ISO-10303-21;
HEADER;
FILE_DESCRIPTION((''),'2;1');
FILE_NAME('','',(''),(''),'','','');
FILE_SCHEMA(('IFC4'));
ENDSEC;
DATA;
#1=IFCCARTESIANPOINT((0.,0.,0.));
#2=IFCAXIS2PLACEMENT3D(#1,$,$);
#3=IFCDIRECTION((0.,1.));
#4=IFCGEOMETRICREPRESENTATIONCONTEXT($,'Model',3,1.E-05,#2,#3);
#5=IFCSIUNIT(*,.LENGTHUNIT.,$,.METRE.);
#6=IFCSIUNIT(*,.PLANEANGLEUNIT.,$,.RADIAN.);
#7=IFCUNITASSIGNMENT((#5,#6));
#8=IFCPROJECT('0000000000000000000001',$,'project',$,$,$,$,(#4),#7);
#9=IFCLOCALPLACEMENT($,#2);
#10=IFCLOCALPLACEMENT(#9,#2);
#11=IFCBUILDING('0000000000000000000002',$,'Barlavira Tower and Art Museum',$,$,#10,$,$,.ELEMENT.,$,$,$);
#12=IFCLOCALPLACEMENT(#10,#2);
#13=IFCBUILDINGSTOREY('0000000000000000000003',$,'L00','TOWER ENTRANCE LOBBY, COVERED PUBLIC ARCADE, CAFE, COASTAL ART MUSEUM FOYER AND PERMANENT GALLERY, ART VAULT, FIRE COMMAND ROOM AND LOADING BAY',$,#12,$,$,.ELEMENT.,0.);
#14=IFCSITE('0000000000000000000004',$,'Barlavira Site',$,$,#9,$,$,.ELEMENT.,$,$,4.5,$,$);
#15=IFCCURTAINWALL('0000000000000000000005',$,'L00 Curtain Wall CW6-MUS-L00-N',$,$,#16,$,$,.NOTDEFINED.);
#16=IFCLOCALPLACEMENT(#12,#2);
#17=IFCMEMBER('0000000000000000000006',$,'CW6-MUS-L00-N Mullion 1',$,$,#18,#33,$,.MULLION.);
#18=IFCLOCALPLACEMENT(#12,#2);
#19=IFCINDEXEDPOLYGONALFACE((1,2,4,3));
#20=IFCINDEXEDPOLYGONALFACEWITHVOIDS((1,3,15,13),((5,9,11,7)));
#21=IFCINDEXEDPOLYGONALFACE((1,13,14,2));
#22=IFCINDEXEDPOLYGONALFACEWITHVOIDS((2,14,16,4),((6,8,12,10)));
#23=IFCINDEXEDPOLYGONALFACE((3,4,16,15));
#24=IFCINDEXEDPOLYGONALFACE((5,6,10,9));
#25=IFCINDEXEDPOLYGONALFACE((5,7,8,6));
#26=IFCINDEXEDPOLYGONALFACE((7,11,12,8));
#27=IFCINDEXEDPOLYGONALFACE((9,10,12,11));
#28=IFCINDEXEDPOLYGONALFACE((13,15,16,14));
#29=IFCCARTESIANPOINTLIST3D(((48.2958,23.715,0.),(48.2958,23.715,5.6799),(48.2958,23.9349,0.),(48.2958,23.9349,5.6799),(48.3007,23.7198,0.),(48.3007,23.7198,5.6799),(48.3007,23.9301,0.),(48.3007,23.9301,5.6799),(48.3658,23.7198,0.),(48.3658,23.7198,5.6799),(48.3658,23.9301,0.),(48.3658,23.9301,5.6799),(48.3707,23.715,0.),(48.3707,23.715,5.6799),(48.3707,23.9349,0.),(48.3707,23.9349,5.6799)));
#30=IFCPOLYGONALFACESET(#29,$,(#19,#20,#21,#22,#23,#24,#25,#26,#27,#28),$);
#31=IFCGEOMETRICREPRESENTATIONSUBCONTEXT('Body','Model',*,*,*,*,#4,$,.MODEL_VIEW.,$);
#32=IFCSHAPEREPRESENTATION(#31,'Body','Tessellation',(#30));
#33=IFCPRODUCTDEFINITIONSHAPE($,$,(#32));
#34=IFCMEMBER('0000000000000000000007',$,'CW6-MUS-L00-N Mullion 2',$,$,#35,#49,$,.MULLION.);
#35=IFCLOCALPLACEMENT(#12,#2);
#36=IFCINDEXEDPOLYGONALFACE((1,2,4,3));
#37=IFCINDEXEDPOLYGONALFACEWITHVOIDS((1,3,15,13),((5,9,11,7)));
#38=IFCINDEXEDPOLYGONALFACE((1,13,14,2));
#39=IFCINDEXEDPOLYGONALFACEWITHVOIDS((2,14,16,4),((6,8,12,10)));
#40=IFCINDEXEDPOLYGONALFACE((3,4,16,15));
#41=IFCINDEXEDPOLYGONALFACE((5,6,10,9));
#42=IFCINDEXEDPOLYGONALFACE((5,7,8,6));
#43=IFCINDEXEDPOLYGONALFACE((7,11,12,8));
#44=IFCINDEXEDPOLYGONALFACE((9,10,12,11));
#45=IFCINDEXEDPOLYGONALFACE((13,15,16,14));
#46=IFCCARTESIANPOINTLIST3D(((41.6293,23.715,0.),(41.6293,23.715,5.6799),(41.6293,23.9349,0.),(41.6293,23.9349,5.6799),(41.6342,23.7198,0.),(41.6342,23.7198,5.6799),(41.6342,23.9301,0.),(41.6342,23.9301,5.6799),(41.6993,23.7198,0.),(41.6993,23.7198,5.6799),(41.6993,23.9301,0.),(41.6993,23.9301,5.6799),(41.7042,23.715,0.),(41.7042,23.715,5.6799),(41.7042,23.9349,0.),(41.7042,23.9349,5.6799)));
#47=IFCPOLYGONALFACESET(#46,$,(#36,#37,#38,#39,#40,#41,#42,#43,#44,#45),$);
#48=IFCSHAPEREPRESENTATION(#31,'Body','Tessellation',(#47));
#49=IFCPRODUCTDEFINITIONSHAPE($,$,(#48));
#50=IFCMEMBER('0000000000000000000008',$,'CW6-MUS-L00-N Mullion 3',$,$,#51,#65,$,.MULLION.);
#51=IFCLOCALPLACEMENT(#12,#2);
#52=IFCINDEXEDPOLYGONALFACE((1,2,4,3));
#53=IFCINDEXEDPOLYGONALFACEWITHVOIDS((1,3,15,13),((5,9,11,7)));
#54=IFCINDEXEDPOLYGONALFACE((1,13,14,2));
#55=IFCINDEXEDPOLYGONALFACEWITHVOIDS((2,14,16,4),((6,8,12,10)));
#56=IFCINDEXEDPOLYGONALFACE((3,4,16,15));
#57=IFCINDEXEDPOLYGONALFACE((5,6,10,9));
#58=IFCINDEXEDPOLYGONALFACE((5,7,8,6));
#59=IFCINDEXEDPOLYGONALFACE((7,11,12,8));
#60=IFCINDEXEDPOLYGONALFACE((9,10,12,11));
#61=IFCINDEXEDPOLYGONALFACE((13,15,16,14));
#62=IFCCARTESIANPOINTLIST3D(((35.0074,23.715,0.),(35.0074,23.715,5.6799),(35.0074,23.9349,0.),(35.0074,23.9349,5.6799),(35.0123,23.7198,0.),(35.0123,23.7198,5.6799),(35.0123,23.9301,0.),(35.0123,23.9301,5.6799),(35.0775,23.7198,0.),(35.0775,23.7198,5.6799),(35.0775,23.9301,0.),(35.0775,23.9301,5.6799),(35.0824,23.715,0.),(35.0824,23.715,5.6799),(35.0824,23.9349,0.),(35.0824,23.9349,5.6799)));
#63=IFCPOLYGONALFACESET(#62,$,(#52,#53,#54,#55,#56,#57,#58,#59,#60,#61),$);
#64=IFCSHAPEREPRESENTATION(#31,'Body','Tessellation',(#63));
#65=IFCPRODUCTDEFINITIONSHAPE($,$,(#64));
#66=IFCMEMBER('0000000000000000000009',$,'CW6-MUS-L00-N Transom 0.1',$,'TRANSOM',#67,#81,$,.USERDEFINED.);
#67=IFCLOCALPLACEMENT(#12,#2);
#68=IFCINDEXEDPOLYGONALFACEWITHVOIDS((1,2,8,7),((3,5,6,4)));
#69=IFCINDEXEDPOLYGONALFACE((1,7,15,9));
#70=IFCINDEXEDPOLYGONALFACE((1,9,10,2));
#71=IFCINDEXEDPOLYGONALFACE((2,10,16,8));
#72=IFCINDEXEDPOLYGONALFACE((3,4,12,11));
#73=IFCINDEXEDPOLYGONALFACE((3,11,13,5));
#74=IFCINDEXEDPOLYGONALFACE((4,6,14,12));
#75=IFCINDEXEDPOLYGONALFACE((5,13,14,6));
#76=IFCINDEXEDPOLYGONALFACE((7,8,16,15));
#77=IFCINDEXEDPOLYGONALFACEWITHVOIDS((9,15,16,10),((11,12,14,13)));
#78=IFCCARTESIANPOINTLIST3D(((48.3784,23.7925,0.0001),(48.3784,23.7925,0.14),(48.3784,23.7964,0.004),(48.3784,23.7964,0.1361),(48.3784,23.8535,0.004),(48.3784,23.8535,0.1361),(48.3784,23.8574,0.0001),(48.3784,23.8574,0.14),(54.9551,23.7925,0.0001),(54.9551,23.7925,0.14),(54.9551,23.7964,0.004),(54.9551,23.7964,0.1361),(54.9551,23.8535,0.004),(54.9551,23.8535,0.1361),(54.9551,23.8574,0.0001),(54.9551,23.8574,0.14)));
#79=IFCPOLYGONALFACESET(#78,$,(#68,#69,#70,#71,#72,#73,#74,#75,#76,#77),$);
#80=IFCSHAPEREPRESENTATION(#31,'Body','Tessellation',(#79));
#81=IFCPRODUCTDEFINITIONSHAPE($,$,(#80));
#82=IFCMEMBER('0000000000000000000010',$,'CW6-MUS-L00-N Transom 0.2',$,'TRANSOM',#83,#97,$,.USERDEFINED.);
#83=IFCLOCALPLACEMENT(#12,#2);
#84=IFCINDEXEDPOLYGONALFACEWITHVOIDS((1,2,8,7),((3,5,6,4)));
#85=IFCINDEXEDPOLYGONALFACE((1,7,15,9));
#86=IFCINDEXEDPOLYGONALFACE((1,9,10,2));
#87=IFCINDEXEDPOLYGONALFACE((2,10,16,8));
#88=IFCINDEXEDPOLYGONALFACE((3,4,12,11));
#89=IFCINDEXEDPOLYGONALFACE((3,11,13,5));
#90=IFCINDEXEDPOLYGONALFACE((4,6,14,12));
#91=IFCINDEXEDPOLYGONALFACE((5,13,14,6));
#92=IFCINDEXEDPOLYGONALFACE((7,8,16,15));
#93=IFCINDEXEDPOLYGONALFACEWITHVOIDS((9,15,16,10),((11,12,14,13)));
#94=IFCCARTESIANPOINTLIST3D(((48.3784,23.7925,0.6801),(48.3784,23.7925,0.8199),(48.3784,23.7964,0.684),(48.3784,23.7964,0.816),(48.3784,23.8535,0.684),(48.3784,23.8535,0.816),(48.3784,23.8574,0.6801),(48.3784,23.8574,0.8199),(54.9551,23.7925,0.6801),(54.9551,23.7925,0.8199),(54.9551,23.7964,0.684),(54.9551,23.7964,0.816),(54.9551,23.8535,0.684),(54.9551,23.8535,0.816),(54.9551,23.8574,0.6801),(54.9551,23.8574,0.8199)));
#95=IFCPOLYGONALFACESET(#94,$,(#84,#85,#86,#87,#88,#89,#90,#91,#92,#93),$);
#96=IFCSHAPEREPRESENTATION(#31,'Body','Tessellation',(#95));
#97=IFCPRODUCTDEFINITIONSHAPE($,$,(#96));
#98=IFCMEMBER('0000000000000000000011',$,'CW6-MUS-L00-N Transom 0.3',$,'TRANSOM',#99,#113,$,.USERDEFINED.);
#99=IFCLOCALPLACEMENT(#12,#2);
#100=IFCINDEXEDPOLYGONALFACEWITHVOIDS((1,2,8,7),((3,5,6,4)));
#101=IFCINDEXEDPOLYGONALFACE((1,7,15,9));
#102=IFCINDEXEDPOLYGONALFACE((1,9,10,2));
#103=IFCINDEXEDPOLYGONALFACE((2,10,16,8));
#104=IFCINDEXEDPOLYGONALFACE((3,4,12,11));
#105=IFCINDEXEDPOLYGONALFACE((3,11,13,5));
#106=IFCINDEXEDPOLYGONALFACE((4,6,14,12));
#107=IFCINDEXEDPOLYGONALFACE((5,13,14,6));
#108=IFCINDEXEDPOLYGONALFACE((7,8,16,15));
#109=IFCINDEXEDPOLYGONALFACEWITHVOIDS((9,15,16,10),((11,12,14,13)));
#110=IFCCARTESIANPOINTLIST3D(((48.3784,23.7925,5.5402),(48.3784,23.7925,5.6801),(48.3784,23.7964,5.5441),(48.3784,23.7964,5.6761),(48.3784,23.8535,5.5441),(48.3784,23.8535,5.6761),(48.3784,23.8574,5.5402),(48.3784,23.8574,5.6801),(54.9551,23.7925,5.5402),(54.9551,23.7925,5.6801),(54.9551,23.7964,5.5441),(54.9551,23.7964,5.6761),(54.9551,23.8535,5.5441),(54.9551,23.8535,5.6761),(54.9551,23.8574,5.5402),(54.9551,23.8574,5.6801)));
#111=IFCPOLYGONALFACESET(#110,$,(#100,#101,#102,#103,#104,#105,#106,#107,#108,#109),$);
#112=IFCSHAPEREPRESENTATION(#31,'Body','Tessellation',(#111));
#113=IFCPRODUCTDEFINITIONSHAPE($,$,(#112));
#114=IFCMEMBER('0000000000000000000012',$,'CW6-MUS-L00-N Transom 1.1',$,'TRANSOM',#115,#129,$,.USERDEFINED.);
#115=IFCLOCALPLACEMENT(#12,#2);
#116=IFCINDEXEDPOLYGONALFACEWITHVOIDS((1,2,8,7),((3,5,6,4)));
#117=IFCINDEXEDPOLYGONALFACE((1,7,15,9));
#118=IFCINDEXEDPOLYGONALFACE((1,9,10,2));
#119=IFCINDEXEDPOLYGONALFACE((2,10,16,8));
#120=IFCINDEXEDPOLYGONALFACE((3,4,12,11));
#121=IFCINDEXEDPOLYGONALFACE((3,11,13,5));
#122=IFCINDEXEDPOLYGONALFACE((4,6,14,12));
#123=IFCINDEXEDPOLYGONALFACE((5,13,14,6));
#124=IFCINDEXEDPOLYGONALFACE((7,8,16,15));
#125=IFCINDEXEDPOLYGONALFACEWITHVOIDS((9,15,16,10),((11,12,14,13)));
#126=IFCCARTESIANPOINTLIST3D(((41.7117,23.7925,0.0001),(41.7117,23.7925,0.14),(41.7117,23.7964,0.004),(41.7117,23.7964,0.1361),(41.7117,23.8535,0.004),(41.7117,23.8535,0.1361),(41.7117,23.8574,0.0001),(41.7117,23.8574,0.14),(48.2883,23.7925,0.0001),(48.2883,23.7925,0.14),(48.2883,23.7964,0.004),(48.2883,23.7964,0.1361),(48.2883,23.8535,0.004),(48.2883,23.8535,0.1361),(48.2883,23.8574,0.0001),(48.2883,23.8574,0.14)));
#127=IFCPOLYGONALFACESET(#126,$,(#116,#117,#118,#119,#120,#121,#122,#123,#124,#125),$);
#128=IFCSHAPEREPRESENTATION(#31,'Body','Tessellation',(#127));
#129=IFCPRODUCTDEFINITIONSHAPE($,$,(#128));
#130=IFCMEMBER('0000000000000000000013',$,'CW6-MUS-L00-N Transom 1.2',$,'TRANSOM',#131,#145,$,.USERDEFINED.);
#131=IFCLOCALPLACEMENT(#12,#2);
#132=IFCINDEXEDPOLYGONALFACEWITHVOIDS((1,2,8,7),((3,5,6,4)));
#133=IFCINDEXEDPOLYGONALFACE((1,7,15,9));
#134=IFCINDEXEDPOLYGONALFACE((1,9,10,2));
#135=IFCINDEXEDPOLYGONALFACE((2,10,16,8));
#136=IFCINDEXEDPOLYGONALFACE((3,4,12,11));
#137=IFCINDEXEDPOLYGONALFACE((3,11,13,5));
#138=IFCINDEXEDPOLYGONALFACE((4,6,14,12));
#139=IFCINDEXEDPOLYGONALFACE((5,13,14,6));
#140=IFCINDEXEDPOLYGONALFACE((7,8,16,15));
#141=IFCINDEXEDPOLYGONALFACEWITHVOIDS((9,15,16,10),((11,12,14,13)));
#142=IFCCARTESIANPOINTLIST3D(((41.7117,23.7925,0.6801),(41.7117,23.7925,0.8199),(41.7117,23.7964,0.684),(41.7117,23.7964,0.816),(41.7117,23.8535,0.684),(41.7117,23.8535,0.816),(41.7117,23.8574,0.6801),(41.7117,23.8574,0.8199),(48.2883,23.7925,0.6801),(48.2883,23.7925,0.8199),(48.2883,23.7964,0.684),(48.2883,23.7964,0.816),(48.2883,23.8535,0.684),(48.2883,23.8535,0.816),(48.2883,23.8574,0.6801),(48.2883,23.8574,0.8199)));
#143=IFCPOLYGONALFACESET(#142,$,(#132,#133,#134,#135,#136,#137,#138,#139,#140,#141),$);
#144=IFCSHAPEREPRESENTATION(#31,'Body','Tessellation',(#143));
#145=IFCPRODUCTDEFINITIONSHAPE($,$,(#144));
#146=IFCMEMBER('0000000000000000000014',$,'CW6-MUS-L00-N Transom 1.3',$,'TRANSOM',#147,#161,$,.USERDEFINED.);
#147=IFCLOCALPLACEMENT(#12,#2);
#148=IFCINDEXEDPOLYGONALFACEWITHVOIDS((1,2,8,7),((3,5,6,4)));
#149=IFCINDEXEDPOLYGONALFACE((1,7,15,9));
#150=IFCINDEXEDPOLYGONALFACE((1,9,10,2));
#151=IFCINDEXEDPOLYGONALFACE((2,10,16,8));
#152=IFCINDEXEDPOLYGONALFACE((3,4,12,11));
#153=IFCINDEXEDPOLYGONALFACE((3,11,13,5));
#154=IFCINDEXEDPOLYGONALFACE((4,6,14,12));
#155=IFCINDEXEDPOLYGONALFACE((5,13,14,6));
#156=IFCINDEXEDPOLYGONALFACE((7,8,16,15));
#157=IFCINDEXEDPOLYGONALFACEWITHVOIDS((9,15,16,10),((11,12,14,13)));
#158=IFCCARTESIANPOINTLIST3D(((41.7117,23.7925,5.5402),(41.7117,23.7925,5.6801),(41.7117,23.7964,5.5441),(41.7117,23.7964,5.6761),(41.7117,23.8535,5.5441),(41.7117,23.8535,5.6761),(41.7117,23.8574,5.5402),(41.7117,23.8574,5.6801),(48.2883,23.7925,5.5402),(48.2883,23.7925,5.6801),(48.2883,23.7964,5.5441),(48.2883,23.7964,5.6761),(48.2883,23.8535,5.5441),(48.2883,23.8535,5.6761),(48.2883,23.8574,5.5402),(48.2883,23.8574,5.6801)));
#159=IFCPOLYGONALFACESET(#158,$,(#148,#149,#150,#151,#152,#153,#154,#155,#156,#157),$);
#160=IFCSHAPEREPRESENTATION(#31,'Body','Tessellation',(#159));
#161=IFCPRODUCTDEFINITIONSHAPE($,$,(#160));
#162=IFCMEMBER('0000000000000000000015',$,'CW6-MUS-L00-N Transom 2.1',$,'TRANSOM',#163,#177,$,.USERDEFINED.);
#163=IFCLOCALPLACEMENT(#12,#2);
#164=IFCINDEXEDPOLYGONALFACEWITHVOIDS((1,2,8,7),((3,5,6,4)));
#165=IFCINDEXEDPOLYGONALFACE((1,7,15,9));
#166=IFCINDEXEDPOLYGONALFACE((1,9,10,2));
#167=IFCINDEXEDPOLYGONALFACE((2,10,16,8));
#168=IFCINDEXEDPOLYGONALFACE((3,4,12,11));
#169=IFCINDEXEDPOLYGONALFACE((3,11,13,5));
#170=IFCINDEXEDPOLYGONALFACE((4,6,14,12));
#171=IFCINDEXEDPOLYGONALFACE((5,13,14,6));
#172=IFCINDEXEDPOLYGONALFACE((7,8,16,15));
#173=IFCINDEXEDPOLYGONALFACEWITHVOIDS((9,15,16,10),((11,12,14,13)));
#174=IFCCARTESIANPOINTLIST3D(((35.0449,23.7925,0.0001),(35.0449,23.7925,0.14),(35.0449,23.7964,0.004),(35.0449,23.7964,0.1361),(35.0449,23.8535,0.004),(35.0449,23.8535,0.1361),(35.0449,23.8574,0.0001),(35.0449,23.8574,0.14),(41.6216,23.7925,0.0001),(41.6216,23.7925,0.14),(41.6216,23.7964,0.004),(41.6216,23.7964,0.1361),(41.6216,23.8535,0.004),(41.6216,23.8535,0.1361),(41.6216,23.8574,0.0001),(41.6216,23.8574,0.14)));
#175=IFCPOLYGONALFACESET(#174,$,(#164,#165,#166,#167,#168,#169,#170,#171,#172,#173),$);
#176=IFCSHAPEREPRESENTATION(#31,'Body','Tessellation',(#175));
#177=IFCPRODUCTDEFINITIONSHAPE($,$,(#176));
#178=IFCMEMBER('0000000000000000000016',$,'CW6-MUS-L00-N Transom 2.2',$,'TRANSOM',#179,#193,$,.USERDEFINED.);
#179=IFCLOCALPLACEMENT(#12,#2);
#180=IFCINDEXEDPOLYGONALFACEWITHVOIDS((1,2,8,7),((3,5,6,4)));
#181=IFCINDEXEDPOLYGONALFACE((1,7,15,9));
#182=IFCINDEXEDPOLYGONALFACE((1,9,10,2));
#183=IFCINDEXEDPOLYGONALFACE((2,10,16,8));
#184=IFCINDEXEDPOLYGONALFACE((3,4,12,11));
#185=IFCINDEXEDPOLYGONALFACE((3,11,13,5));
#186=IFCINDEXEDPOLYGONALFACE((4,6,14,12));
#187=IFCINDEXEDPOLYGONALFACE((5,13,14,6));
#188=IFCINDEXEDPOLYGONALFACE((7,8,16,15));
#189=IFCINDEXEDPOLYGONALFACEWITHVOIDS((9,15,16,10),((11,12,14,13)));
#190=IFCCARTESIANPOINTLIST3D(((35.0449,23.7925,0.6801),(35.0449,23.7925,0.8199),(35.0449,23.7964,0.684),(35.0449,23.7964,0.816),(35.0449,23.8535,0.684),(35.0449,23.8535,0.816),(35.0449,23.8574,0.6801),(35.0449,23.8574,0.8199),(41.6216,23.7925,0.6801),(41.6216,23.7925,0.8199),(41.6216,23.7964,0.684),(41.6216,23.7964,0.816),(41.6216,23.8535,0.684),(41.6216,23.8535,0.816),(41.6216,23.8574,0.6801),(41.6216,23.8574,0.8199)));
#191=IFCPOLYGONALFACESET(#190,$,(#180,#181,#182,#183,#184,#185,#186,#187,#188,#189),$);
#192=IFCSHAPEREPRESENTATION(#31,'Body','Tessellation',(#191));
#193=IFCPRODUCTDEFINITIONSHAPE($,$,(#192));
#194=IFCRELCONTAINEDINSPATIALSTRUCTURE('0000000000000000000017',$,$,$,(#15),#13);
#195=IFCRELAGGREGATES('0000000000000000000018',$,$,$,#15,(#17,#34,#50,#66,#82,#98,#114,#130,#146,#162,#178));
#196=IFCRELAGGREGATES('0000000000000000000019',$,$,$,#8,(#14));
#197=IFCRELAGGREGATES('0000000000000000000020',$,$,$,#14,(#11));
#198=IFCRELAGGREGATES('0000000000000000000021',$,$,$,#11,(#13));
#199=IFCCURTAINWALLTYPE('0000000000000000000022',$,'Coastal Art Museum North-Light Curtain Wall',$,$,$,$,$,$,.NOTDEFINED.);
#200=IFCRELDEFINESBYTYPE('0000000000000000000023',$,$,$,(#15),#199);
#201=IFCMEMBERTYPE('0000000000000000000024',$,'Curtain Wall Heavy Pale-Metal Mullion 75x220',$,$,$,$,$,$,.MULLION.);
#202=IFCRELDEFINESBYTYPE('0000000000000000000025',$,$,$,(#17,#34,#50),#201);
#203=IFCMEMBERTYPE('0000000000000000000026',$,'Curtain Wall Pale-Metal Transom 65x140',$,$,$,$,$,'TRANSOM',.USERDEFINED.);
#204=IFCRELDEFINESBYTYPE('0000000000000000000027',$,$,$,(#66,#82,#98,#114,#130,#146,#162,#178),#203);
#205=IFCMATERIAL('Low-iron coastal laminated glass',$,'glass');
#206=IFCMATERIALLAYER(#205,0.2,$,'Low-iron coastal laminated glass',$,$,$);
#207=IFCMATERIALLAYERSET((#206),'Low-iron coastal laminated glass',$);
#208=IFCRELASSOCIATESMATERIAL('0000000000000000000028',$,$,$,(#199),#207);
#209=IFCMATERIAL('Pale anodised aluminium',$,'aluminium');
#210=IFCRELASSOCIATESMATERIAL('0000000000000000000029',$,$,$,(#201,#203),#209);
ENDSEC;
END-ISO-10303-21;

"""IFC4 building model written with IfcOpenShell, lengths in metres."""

from ifc_helpers import new_model, si_unit, direction, frame, origin, origin_2d, place, context, subcontext, project, spatial, hollow_rectangle, extrude, material, layer, layer_set, material_profile, profile_set, type_object, element, aggregate, save


model = new_model("IFC4")

# Units and contexts
model_context = context("Model", 3, precision=1e-05, world=origin(), true_north=direction((0.0, 1.0)))
body_context = subcontext(model_context, "Body", "Model", "MODEL_VIEW")
ifc_project = project(units=[si_unit("LENGTHUNIT", "METRE"), si_unit("PLANEANGLEUNIT", "RADIAN")], contexts=[model_context])

# Site, building, storey
site_placement = place(None, origin())
site = spatial("IfcSite", under=ifc_project, at=site_placement, Name="Barlavira Site", CompositionType="ELEMENT", RefElevation=4.5)
building_placement = place(site_placement, origin())
building = spatial("IfcBuilding", under=site, at=building_placement, Name="Barlavira Tower and Art Museum", CompositionType="ELEMENT")
storey_placement = place(building_placement, origin())
storey = spatial("IfcBuildingStorey", under=building, at=storey_placement, Name="L00", Description="TOWER ENTRANCE LOBBY, COVERED PUBLIC ARCADE, CAFE, COASTAL ART MUSEUM FOYER AND PERMANENT GALLERY, ART VAULT, FIRE COMMAND ROOM AND LOADING BAY", CompositionType="ELEMENT", Elevation=0.0)

# Curtain wall, members
ifc_material_1 = material(Name="Low-iron coastal laminated glass", Category="glass")
ifc_layer_1 = layer(ifc_material_1, 0.2, Name="Low-iron coastal laminated glass")
ifc_layer_set_1 = layer_set([ifc_layer_1], Name="Low-iron coastal laminated glass")
curtain_wall_type = type_object("IfcCurtainWallType", Name="Coastal Art Museum North-Light Curtain Wall", PredefinedType="NOTDEFINED", material=ifc_layer_set_1)
curtain_wall_placement = place(storey_placement, origin())
curtain_wall = element("IfcCurtainWall", 1, at=curtain_wall_placement, inside=storey, type_object=curtain_wall_type, Name="L00 Curtain Wall CW6-MUS-L00-N", PredefinedType="NOTDEFINED")
ifc_material_2 = material(Name="Pale anodised aluminium", Category="aluminium")
ifc_material_profile_1 = material_profile(ifc_material_2, hollow_rectangle(XDim=0.075, YDim=0.22, WallThickness=0.0049, at=origin_2d()), Name="ALU-MULL 75x220x5")
ifc_profile_set_1 = profile_set([ifc_material_profile_1], Name="Pale anodised aluminium")
member_type_1 = type_object("IfcMemberType", Name="Curtain Wall Heavy Pale-Metal Mullion 75x220", PredefinedType="MULLION", material=ifc_profile_set_1)
member_1_placement = place(storey_placement, frame((48.3333, 23.825, 0.0), z_axis=(0.0, 0.0, 1.0), x_axis=(-1.0, 0.0, 0.0)))
member_1 = element("IfcMember", 2, at=member_1_placement, type_object=member_type_1, Name="CW6-MUS-L00-N Mullion 1", PredefinedType="MULLION", context=body_context, shape_type="SweptSolid", body=[
    extrude(hollow_rectangle(XDim=0.075, YDim=0.22, WallThickness=0.0049, at=origin_2d()), origin(), (0.0, 0.0, 1.0), 5.6799),
])
member_2_placement = place(storey_placement, frame((41.6667, 23.825, 0.0), z_axis=(0.0, 0.0, 1.0), x_axis=(-1.0, 0.0, 0.0)))
member_2 = element("IfcMember", 3, at=member_2_placement, type_object=member_type_1, Name="CW6-MUS-L00-N Mullion 2", PredefinedType="MULLION", context=body_context, shape_type="SweptSolid", body=[
    extrude(hollow_rectangle(XDim=0.075, YDim=0.22, WallThickness=0.0049, at=origin_2d()), origin(), (0.0, 0.0, 1.0), 5.6799),
])
member_3_placement = place(storey_placement, frame((35.0449, 23.825, 0.0), z_axis=(0.0, 0.0, 1.0), x_axis=(-1.0, 0.0, 0.0)))
member_3 = element("IfcMember", 4, at=member_3_placement, type_object=member_type_1, Name="CW6-MUS-L00-N Mullion 3", PredefinedType="MULLION", context=body_context, shape_type="SweptSolid", body=[
    extrude(hollow_rectangle(XDim=0.075, YDim=0.22, WallThickness=0.0049, at=origin_2d()), origin(), (0.0, 0.0, 1.0), 5.6799),
])
ifc_material_profile_2 = material_profile(ifc_material_2, hollow_rectangle(XDim=0.0649, YDim=0.1399, WallThickness=0.0039, at=origin_2d()), Name="ALU-TRAN 65x140x4")
ifc_profile_set_2 = profile_set([ifc_material_profile_2], Name="Pale anodised aluminium")
member_type_2 = type_object("IfcMemberType", Name="Curtain Wall Pale-Metal Transom 65x140", ElementType="TRANSOM", PredefinedType="USERDEFINED", material=ifc_profile_set_2)
member_4_placement = place(storey_placement, frame((54.9551, 23.825, 0.0701), z_axis=(-1.0, 0.0, 0.0), x_axis=(0.0, -1.0, 0.0)))
member_4 = element("IfcMember", 5, at=member_4_placement, type_object=member_type_2, Name="CW6-MUS-L00-N Transom 0.1", ObjectType="TRANSOM", PredefinedType="USERDEFINED", context=body_context, shape_type="SweptSolid", body=[
    extrude(hollow_rectangle(XDim=0.0649, YDim=0.1399, WallThickness=0.0039, at=origin_2d()), origin(), (0.0, 0.0, 1.0), 6.5767),
])
member_5_placement = place(storey_placement, frame((54.9551, 23.825, 0.75), z_axis=(-1.0, 0.0, 0.0), x_axis=(0.0, -1.0, 0.0)))
member_5 = element("IfcMember", 6, at=member_5_placement, type_object=member_type_2, Name="CW6-MUS-L00-N Transom 0.2", ObjectType="TRANSOM", PredefinedType="USERDEFINED", context=body_context, shape_type="SweptSolid", body=[
    extrude(hollow_rectangle(XDim=0.0649, YDim=0.1399, WallThickness=0.0039, at=origin_2d()), origin(), (0.0, 0.0, 1.0), 6.5767),
])
member_6_placement = place(storey_placement, frame((54.9551, 23.825, 5.6101), z_axis=(-1.0, 0.0, 0.0), x_axis=(0.0, -1.0, 0.0)))
member_6 = element("IfcMember", 7, at=member_6_placement, type_object=member_type_2, Name="CW6-MUS-L00-N Transom 0.3", ObjectType="TRANSOM", PredefinedType="USERDEFINED", context=body_context, shape_type="SweptSolid", body=[
    extrude(hollow_rectangle(XDim=0.0649, YDim=0.1399, WallThickness=0.0039, at=origin_2d()), origin(), (0.0, 0.0, 1.0), 6.5767),
])
member_7_placement = place(storey_placement, frame((48.2883, 23.825, 0.0701), z_axis=(-1.0, 0.0, 0.0), x_axis=(0.0, -1.0, 0.0)))
member_7 = element("IfcMember", 8, at=member_7_placement, type_object=member_type_2, Name="CW6-MUS-L00-N Transom 1.1", ObjectType="TRANSOM", PredefinedType="USERDEFINED", context=body_context, shape_type="SweptSolid", body=[
    extrude(hollow_rectangle(XDim=0.0649, YDim=0.1399, WallThickness=0.0039, at=origin_2d()), origin(), (0.0, 0.0, 1.0), 6.5767),
])
member_8_placement = place(storey_placement, frame((48.2883, 23.825, 0.75), z_axis=(-1.0, 0.0, 0.0), x_axis=(0.0, -1.0, 0.0)))
member_8 = element("IfcMember", 9, at=member_8_placement, type_object=member_type_2, Name="CW6-MUS-L00-N Transom 1.2", ObjectType="TRANSOM", PredefinedType="USERDEFINED", context=body_context, shape_type="SweptSolid", body=[
    extrude(hollow_rectangle(XDim=0.0649, YDim=0.1399, WallThickness=0.0039, at=origin_2d()), origin(), (0.0, 0.0, 1.0), 6.5767),
])
member_9_placement = place(storey_placement, frame((48.2883, 23.825, 5.6101), z_axis=(-1.0, 0.0, 0.0), x_axis=(0.0, -1.0, 0.0)))
member_9 = element("IfcMember", 10, at=member_9_placement, type_object=member_type_2, Name="CW6-MUS-L00-N Transom 1.3", ObjectType="TRANSOM", PredefinedType="USERDEFINED", context=body_context, shape_type="SweptSolid", body=[
    extrude(hollow_rectangle(XDim=0.0649, YDim=0.1399, WallThickness=0.0039, at=origin_2d()), origin(), (0.0, 0.0, 1.0), 6.5767),
])
member_10_placement = place(storey_placement, frame((41.6216, 23.825, 0.0701), z_axis=(-1.0, 0.0, 0.0), x_axis=(0.0, -1.0, 0.0)))
member_10 = element("IfcMember", 11, at=member_10_placement, type_object=member_type_2, Name="CW6-MUS-L00-N Transom 2.1", ObjectType="TRANSOM", PredefinedType="USERDEFINED", context=body_context, shape_type="SweptSolid", body=[
    extrude(hollow_rectangle(XDim=0.0649, YDim=0.1399, WallThickness=0.0039, at=origin_2d()), origin(), (0.0, 0.0, 1.0), 6.5767),
])
member_11_placement = place(storey_placement, frame((41.6216, 23.825, 0.75), z_axis=(-1.0, 0.0, 0.0), x_axis=(0.0, -1.0, 0.0)))
member_11 = element("IfcMember", 12, at=member_11_placement, type_object=member_type_2, Name="CW6-MUS-L00-N Transom 2.2", ObjectType="TRANSOM", PredefinedType="USERDEFINED", context=body_context, shape_type="SweptSolid", body=[
    extrude(hollow_rectangle(XDim=0.0649, YDim=0.1399, WallThickness=0.0039, at=origin_2d()), origin(), (0.0, 0.0, 1.0), 6.5767),
])

aggregate(curtain_wall, [member_1, member_2, member_3, member_4, member_5, member_6, member_7, member_8, member_9, member_10, member_11])

save(model, "model.ifc")
